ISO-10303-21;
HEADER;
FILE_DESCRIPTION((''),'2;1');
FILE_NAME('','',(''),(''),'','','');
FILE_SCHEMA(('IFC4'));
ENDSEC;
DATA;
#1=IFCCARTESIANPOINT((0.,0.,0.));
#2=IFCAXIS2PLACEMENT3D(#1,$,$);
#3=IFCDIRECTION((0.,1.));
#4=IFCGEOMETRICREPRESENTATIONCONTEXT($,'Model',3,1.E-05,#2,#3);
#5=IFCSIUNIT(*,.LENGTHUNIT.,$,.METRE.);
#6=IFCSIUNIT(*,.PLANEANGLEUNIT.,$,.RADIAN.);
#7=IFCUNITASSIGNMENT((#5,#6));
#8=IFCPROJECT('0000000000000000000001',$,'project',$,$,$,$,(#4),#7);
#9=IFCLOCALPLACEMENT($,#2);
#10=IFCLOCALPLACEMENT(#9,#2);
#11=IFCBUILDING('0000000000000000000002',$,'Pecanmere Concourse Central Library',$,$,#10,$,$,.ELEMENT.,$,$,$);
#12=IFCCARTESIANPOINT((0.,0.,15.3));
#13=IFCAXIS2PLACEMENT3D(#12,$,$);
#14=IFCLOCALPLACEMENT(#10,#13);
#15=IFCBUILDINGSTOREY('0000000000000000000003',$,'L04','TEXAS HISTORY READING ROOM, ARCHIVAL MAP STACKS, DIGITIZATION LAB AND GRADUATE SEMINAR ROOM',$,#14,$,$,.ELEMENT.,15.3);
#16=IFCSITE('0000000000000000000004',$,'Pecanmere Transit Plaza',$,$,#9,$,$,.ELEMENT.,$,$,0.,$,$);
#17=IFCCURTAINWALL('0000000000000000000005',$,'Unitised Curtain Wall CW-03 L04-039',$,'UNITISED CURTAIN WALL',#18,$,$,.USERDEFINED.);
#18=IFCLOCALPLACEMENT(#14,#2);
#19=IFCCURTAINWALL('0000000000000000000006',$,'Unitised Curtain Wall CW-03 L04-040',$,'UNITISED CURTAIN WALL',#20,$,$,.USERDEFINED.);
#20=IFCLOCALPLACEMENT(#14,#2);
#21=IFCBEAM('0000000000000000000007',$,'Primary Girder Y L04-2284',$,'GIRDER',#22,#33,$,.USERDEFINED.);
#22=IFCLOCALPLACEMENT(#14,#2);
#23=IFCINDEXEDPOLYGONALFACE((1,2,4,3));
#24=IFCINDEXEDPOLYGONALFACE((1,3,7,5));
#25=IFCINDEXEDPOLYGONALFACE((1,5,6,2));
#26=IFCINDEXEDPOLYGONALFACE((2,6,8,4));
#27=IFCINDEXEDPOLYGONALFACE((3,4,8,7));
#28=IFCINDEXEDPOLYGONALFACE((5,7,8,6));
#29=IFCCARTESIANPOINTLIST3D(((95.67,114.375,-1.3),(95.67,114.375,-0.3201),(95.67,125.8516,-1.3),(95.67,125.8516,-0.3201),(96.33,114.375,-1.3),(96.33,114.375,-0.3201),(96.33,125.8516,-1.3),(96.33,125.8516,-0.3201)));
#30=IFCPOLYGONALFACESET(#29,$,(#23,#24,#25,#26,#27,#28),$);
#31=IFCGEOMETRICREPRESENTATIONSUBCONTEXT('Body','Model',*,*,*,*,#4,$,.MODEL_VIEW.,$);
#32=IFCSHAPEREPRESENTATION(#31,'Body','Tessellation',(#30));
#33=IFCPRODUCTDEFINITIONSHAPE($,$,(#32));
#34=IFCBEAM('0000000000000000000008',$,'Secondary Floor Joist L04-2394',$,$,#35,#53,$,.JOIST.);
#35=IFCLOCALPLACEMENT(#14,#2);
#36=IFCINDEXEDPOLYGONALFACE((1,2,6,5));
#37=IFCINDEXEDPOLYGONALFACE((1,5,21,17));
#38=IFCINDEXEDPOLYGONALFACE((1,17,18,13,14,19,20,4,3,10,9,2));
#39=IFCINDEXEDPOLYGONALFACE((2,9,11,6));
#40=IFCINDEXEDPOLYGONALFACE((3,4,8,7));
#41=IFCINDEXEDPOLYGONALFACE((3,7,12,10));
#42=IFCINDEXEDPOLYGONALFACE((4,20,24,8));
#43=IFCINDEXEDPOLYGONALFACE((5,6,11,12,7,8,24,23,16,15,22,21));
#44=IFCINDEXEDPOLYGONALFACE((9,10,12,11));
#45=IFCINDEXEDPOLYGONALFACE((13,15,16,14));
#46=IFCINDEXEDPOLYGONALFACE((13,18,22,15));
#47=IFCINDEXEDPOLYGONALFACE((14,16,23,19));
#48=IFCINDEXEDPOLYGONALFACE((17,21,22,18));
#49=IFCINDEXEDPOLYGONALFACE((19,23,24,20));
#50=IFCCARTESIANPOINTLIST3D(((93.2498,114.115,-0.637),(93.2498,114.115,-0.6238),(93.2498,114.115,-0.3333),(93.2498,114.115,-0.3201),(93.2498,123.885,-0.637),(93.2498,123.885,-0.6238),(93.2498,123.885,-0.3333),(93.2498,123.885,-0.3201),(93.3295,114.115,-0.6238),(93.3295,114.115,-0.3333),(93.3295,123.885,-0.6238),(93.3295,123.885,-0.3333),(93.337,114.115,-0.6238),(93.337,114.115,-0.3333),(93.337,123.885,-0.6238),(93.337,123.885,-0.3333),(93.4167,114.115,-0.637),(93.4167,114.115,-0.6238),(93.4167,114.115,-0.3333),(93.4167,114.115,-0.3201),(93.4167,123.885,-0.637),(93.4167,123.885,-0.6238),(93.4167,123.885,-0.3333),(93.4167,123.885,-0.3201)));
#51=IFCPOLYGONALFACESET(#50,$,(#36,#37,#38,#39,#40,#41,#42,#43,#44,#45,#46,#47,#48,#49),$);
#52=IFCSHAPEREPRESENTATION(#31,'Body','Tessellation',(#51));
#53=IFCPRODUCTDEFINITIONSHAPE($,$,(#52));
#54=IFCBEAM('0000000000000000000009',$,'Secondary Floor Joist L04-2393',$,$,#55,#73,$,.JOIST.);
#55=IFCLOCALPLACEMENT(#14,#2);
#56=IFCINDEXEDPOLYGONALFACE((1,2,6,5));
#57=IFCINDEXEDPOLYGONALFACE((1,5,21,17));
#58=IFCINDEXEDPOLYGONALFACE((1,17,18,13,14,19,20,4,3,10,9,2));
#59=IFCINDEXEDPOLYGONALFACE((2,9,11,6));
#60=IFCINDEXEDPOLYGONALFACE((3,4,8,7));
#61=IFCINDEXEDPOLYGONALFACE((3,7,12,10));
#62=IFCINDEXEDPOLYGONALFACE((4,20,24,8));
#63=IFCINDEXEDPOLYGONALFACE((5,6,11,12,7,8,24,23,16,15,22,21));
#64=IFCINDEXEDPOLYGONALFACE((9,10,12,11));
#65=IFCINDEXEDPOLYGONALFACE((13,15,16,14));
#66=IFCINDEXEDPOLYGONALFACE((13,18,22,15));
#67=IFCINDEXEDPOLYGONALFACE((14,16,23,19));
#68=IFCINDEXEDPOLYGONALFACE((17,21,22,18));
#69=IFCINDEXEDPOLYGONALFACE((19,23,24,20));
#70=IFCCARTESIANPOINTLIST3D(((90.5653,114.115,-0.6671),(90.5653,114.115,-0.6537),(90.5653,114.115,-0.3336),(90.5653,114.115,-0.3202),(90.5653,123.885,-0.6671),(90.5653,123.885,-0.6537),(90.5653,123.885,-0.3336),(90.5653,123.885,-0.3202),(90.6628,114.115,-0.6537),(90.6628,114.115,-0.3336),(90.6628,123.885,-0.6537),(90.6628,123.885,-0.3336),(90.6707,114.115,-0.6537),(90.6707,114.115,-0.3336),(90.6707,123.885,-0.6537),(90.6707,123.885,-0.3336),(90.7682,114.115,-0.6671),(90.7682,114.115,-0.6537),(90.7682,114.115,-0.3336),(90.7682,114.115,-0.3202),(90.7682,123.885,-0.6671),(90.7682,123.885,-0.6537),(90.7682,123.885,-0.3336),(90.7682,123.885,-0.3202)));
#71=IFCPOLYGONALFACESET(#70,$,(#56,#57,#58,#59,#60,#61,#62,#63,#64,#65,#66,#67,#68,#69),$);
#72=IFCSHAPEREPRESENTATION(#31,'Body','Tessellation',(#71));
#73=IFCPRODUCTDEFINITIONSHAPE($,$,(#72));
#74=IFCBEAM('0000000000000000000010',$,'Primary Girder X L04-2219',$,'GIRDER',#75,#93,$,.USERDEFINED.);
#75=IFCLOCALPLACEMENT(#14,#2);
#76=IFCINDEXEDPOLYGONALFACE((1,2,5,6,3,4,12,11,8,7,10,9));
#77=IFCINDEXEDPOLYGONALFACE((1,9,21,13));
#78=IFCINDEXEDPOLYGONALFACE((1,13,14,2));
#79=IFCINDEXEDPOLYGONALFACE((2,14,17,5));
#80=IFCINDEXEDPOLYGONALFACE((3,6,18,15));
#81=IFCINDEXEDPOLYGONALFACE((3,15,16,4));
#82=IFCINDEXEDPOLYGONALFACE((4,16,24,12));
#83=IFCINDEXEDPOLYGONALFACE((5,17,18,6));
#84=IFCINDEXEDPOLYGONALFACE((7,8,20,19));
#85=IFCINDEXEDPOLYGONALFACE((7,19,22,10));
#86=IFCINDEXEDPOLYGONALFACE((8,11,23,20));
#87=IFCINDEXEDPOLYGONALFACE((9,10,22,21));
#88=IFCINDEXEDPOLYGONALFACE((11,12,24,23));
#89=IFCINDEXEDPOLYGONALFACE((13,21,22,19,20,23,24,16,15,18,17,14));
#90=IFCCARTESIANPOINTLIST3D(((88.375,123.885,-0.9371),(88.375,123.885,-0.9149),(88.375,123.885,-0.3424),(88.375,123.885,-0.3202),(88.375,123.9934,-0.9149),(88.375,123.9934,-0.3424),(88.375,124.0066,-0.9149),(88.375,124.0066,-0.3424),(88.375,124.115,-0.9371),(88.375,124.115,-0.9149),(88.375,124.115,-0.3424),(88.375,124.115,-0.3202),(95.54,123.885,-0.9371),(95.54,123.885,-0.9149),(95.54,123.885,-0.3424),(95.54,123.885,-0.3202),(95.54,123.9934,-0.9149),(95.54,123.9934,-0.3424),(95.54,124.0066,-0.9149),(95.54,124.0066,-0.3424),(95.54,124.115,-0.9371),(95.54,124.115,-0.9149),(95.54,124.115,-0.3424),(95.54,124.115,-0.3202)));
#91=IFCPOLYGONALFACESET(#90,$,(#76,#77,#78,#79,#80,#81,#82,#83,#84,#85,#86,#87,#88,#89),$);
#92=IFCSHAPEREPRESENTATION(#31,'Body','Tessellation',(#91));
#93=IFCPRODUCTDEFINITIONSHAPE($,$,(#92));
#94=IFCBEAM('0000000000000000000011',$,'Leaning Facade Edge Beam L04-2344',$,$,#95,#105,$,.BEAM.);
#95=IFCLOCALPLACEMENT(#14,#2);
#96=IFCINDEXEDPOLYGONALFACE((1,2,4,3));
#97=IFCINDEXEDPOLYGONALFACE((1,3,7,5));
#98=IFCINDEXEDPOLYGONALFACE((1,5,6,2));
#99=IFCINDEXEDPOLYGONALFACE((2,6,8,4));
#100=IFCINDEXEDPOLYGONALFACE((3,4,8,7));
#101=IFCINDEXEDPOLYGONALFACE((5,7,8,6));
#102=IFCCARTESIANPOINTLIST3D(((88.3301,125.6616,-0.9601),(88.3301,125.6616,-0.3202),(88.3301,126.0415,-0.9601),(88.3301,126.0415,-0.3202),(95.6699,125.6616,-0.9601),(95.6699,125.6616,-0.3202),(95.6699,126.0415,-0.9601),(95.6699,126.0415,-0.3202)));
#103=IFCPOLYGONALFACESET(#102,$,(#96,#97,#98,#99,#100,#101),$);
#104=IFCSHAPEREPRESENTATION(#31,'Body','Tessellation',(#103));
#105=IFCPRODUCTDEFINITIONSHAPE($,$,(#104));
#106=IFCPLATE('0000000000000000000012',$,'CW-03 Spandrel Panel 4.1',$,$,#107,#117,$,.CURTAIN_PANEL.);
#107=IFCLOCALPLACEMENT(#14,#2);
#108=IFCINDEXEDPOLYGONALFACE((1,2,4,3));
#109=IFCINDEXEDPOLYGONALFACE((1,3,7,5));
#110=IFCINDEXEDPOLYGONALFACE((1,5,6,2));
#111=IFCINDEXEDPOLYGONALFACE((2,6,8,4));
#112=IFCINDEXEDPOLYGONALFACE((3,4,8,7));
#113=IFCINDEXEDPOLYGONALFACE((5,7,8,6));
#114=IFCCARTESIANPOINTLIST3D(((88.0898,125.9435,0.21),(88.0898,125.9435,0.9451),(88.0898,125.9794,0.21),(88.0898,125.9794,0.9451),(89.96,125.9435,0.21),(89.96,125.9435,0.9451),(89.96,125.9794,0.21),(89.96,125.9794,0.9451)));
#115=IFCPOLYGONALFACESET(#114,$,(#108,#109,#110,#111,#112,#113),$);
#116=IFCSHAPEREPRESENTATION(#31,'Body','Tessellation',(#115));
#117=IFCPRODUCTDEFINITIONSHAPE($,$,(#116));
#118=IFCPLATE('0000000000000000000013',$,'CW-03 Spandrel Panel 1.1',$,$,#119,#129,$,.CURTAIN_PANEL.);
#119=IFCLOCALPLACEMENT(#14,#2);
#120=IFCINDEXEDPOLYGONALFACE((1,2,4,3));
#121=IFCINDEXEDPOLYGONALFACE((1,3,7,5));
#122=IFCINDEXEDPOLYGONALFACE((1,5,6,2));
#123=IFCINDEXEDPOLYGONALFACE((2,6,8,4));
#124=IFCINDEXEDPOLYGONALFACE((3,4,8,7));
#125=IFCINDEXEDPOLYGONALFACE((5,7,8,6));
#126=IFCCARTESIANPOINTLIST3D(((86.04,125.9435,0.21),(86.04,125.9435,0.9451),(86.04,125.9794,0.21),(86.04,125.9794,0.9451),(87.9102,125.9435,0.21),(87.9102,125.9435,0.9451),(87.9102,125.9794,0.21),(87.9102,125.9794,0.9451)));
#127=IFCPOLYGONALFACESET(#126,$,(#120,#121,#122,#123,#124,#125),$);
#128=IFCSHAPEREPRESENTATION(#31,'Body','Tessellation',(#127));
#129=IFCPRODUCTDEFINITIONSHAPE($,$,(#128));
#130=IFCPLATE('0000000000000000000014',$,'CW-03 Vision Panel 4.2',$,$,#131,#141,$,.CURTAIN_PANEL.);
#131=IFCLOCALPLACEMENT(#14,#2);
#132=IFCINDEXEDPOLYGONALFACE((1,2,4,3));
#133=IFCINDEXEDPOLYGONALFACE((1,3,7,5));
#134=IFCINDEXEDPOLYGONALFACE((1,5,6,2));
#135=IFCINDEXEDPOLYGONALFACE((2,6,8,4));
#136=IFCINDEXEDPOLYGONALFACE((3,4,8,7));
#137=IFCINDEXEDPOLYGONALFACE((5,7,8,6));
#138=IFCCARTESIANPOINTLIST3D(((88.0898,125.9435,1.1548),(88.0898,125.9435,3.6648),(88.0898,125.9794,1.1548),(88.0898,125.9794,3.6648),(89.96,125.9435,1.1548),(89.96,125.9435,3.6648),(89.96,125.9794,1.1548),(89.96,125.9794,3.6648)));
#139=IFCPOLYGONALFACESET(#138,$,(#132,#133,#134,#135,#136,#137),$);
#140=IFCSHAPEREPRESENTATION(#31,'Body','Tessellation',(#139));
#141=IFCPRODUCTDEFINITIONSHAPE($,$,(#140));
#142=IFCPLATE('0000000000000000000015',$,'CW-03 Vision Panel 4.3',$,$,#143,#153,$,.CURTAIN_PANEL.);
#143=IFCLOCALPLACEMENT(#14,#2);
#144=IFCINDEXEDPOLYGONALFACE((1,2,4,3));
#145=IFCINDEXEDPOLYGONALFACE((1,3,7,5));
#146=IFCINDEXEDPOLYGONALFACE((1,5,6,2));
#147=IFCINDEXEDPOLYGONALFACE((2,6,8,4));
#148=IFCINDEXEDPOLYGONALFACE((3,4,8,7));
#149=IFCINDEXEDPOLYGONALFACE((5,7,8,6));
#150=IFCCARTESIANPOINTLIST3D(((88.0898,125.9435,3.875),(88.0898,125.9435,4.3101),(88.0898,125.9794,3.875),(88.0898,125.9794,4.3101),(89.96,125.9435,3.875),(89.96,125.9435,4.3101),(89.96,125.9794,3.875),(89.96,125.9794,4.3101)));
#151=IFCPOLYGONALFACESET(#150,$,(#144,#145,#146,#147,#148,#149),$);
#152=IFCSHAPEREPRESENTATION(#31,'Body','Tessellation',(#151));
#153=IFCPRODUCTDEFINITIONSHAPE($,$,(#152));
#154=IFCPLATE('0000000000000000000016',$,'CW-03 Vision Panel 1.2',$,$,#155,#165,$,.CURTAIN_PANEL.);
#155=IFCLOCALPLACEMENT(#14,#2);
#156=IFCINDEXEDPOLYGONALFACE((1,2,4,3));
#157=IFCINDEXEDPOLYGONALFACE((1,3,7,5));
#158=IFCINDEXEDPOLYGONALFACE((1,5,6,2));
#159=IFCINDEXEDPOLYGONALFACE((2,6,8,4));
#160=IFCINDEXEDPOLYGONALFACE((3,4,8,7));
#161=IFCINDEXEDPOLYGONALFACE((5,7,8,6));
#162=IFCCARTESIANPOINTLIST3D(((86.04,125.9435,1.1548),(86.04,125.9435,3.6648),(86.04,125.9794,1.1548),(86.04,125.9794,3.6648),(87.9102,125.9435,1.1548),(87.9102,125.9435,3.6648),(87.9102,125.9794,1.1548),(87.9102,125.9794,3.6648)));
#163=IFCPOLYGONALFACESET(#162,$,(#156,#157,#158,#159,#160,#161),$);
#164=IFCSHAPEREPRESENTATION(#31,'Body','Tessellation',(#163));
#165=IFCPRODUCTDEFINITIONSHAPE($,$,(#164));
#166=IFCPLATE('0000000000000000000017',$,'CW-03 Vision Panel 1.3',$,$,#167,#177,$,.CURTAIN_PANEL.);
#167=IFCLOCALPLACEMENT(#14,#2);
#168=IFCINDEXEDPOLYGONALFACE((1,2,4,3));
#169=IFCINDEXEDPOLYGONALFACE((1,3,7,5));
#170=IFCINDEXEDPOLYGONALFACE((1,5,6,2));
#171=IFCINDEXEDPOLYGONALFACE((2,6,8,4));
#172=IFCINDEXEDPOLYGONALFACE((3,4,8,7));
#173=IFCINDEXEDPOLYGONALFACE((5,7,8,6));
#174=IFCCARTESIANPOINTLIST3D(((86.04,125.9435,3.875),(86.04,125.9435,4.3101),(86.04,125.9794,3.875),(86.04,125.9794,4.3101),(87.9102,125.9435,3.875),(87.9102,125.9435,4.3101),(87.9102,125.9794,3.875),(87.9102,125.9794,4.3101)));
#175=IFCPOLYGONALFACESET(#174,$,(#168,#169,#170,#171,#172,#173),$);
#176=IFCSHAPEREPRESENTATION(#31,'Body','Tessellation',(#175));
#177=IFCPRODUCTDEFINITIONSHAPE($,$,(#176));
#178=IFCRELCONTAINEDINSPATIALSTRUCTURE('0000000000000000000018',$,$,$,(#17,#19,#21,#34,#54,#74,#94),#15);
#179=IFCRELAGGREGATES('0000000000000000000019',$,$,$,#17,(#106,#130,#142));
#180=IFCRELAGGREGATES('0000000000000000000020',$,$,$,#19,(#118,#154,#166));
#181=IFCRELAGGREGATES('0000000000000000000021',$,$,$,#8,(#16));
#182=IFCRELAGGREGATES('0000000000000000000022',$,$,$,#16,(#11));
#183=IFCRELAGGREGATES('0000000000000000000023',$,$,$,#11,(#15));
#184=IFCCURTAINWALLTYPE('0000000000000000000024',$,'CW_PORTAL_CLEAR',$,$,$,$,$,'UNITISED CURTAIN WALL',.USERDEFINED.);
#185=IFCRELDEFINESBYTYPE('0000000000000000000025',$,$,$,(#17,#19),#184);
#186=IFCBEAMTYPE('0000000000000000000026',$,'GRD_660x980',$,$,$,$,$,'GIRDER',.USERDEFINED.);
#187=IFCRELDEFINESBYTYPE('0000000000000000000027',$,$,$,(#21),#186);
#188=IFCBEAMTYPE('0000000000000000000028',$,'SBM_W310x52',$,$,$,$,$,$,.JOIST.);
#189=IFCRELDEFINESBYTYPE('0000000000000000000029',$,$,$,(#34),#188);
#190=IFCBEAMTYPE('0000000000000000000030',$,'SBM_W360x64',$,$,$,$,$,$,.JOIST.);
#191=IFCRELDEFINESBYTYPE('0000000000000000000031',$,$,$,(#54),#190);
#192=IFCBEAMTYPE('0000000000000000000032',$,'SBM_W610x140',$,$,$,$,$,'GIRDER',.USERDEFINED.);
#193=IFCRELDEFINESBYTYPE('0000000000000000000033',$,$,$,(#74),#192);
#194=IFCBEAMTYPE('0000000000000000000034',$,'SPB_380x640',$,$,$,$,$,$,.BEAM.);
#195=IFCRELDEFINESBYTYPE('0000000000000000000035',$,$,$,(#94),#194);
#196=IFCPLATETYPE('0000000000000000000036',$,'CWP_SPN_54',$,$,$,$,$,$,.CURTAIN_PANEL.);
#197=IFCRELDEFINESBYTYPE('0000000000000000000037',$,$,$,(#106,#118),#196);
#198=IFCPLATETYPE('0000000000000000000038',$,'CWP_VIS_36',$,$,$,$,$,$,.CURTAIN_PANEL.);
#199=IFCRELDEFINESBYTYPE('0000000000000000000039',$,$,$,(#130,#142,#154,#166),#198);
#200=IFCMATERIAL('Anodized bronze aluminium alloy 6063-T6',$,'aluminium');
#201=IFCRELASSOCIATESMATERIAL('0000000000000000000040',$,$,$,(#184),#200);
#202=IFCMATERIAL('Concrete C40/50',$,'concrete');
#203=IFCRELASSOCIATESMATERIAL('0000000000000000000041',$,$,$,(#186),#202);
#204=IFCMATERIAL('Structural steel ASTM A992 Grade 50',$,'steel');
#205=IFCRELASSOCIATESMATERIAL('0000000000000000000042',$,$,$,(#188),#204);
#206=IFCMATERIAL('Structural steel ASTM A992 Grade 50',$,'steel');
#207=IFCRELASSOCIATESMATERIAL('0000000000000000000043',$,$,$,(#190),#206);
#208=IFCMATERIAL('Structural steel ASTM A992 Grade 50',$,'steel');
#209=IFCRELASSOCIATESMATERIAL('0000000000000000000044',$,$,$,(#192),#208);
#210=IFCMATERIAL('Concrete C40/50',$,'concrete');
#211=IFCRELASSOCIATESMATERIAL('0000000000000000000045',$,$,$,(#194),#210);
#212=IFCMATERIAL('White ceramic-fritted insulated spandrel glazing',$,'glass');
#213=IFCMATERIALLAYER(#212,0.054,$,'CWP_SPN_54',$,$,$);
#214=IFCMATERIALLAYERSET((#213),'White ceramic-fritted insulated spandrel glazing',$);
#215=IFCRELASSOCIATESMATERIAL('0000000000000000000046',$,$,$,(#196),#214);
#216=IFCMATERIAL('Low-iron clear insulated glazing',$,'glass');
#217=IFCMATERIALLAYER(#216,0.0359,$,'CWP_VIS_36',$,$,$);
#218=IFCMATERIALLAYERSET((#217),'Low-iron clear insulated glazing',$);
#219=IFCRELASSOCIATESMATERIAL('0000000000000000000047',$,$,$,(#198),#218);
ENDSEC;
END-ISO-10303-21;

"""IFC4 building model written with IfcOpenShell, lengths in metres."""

from ifc_helpers import new_model, si_unit, direction, frame, origin, origin_2d, place, context, subcontext, project, spatial, rectangle, i_section, extrude, material, layer, layer_set, material_profile, profile_set, type_object, element, aggregate, save


model = new_model("IFC4")

# Units and contexts
model_context = context("Model", 3, precision=1e-05, world=origin(), true_north=direction((0.0, 1.0)))
body_context = subcontext(model_context, "Body", "Model", "MODEL_VIEW")
ifc_project = project(units=[si_unit("LENGTHUNIT", "METRE"), si_unit("PLANEANGLEUNIT", "RADIAN")], contexts=[model_context])

# Site, building, storey
site_placement = place(None, origin())
site = spatial("IfcSite", under=ifc_project, at=site_placement, Name="Pecanmere Transit Plaza", CompositionType="ELEMENT", RefElevation=0.0)
building_placement = place(site_placement, origin())
building = spatial("IfcBuilding", under=site, at=building_placement, Name="Pecanmere Concourse Central Library", CompositionType="ELEMENT")
storey_placement = place(building_placement, frame((0.0, 0.0, 15.3)))
storey = spatial("IfcBuildingStorey", under=building, at=storey_placement, Name="L04", Description="TEXAS HISTORY READING ROOM, ARCHIVAL MAP STACKS, DIGITIZATION LAB AND GRADUATE SEMINAR ROOM", CompositionType="ELEMENT", Elevation=15.3)

# Curtain wall
ifc_material_1 = material(Name="Anodized bronze aluminium alloy 6063-T6", Category="aluminium")
curtain_wall_type = type_object("IfcCurtainWallType", Name="CW_PORTAL_CLEAR", ElementType="UNITISED CURTAIN WALL", PredefinedType="USERDEFINED", material=ifc_material_1)
curtain_wall_1_placement = place(storey_placement, origin())
curtain_wall_1 = element("IfcCurtainWall", 1, at=curtain_wall_1_placement, inside=storey, type_object=curtain_wall_type, Name="Unitised Curtain Wall CW-03 L04-039", ObjectType="UNITISED CURTAIN WALL", PredefinedType="USERDEFINED")

# Curtain wall
curtain_wall_2_placement = place(storey_placement, origin())
curtain_wall_2 = element("IfcCurtainWall", 2, at=curtain_wall_2_placement, inside=storey, type_object=curtain_wall_type, Name="Unitised Curtain Wall CW-03 L04-040", ObjectType="UNITISED CURTAIN WALL", PredefinedType="USERDEFINED")

# Beams
ifc_material_2 = material(Name="Concrete C40/50", Category="concrete")
ifc_material_profile_1 = material_profile(ifc_material_2, rectangle(XDim=0.6599, YDim=0.98, at=origin_2d()), Name="RC 660x980")
ifc_profile_set_1 = profile_set([ifc_material_profile_1], Name="Concrete C40/50")
beam_type_1 = type_object("IfcBeamType", Name="GRD_660x980", ElementType="GIRDER", PredefinedType="USERDEFINED", material=ifc_profile_set_1)
for number, where, z_axis, x_axis, name in (
    (3, (96.0, 114.375, -0.8101), (0.0, 1.0, 0.0), (-1.0, 0.0, 0.0), "Primary Girder Y L04-2284"),
):
    element("IfcBeam", number, at=place(storey_placement, frame(where, z_axis=z_axis, x_axis=x_axis)), inside=storey, type_object=beam_type_1, Name=name, ObjectType="GIRDER", PredefinedType="USERDEFINED", context=body_context, shape_type="SweptSolid", body=[
        extrude(rectangle(XDim=0.6599, YDim=0.98, at=origin_2d()), origin(), (0.0, 0.0, 1.0), 11.4766),
    ])
ifc_material_3 = material(Name="Structural steel ASTM A992 Grade 50", Category="steel")
ifc_material_profile_2 = material_profile(ifc_material_3, i_section(OverallWidth=0.167, OverallDepth=0.3169, WebThickness=0.0076, FlangeThickness=0.0132, at=origin_2d()), Name="W310x52")
ifc_profile_set_2 = profile_set([ifc_material_profile_2], Name="Structural steel ASTM A992 Grade 50")
beam_type_2 = type_object("IfcBeamType", Name="SBM_W310x52", PredefinedType="JOIST", material=ifc_profile_set_2)
beam_1_placement = place(storey_placement, frame((93.3333, 114.115, -0.4785), z_axis=(0.0, 1.0, 0.0), x_axis=(-1.0, 0.0, 0.0)))
element("IfcBeam", 4, at=beam_1_placement, inside=storey, type_object=beam_type_2, Name="Secondary Floor Joist L04-2394", PredefinedType="JOIST", context=body_context, shape_type="SweptSolid", body=[
    extrude(i_section(OverallWidth=0.167, OverallDepth=0.3169, WebThickness=0.0076, FlangeThickness=0.0132, at=origin_2d()), origin(), (0.0, 0.0, 1.0), 9.77),
])
ifc_material_4 = material(Name="Structural steel ASTM A992 Grade 50", Category="steel")
ifc_material_profile_3 = material_profile(ifc_material_4, i_section(OverallWidth=0.2029, OverallDepth=0.3469, WebThickness=0.0078, FlangeThickness=0.0134, at=origin_2d()), Name="W360x64")
ifc_profile_set_3 = profile_set([ifc_material_profile_3], Name="Structural steel ASTM A992 Grade 50")
beam_type_3 = type_object("IfcBeamType", Name="SBM_W360x64", PredefinedType="JOIST", material=ifc_profile_set_3)
beam_2_placement = place(storey_placement, frame((90.6667, 114.115, -0.4937), z_axis=(0.0, 1.0, 0.0), x_axis=(-1.0, 0.0, 0.0)))
element("IfcBeam", 5, at=beam_2_placement, inside=storey, type_object=beam_type_3, Name="Secondary Floor Joist L04-2393", PredefinedType="JOIST", context=body_context, shape_type="SweptSolid", body=[
    extrude(i_section(OverallWidth=0.2029, OverallDepth=0.3469, WebThickness=0.0078, FlangeThickness=0.0134, at=origin_2d()), origin(), (0.0, 0.0, 1.0), 9.77),
])
ifc_material_5 = material(Name="Structural steel ASTM A992 Grade 50", Category="steel")
ifc_material_profile_4 = material_profile(ifc_material_5, i_section(OverallWidth=0.23, OverallDepth=0.6169, WebThickness=0.0132, FlangeThickness=0.0222, at=origin_2d()), Name="W610x140")
ifc_profile_set_4 = profile_set([ifc_material_profile_4], Name="Structural steel ASTM A992 Grade 50")
beam_type_4 = type_object("IfcBeamType", Name="SBM_W610x140", ElementType="GIRDER", PredefinedType="USERDEFINED", material=ifc_profile_set_4)
beam_3_placement = place(storey_placement, frame((88.375, 124.0, -0.6287), z_axis=(1.0, 0.0, 0.0), x_axis=(0.0, 1.0, 0.0)))
element("IfcBeam", 6, at=beam_3_placement, inside=storey, type_object=beam_type_4, Name="Primary Girder X L04-2219", ObjectType="GIRDER", PredefinedType="USERDEFINED", context=body_context, shape_type="SweptSolid", body=[
    extrude(i_section(OverallWidth=0.23, OverallDepth=0.6169, WebThickness=0.0132, FlangeThickness=0.0222, at=origin_2d()), origin(), (0.0, 0.0, 1.0), 7.165),
])
ifc_material_6 = material(Name="Concrete C40/50", Category="concrete")
ifc_material_profile_5 = material_profile(ifc_material_6, rectangle(XDim=0.3799, YDim=0.6399, at=origin_2d()), Name="RC 380x640")
ifc_profile_set_5 = profile_set([ifc_material_profile_5], Name="Concrete C40/50")
beam_type_5 = type_object("IfcBeamType", Name="SPB_380x640", PredefinedType="BEAM", material=ifc_profile_set_5)
beam_4_placement = place(storey_placement, frame((88.3301, 125.8516, -0.6401), z_axis=(1.0, 0.0, 0.0), x_axis=(0.0, 1.0, 0.0)))
element("IfcBeam", 7, at=beam_4_placement, inside=storey, type_object=beam_type_5, Name="Leaning Facade Edge Beam L04-2344", PredefinedType="BEAM", context=body_context, shape_type="SweptSolid", body=[
    extrude(rectangle(XDim=0.3799, YDim=0.6399, at=origin_2d()), origin(), (0.0, 0.0, 1.0), 7.3398),
])

# Plates
ifc_material_7 = material(Name="White ceramic-fritted insulated spandrel glazing", Category="glass")
ifc_layer_1 = layer(ifc_material_7, 0.054, Name="CWP_SPN_54")
ifc_layer_set_1 = layer_set([ifc_layer_1], Name="White ceramic-fritted insulated spandrel glazing")
plate_type_1 = type_object("IfcPlateType", Name="CWP_SPN_54", PredefinedType="CURTAIN_PANEL", material=ifc_layer_set_1)
plate_1_placement = place(storey_placement, frame((89.0249, 125.9614, 0.21), z_axis=(0.0, 0.0, 1.0), x_axis=(-1.0, 0.0, 0.0)))
plate_1 = element("IfcPlate", 8, at=plate_1_placement, type_object=plate_type_1, Name="CW-03 Spandrel Panel 4.1", PredefinedType="CURTAIN_PANEL", context=body_context, shape_type="SweptSolid", body=[
    extrude(rectangle(XDim=1.8701, YDim=0.0359, at=origin_2d()), origin(), (0.0, 0.0, 1.0), 0.7351),
])
plate_2_placement = place(storey_placement, frame((86.9751, 125.9614, 0.21), z_axis=(0.0, 0.0, 1.0), x_axis=(-1.0, 0.0, 0.0)))
plate_2 = element("IfcPlate", 9, at=plate_2_placement, type_object=plate_type_1, Name="CW-03 Spandrel Panel 1.1", PredefinedType="CURTAIN_PANEL", context=body_context, shape_type="SweptSolid", body=[
    extrude(rectangle(XDim=1.8701, YDim=0.0359, at=origin_2d()), origin(), (0.0, 0.0, 1.0), 0.7351),
])
ifc_material_8 = material(Name="Low-iron clear insulated glazing", Category="glass")
ifc_layer_2 = layer(ifc_material_8, 0.0359, Name="CWP_VIS_36")
ifc_layer_set_2 = layer_set([ifc_layer_2], Name="Low-iron clear insulated glazing")
plate_type_2 = type_object("IfcPlateType", Name="CWP_VIS_36", PredefinedType="CURTAIN_PANEL", material=ifc_layer_set_2)
plate_3_placement = place(storey_placement, frame((89.0249, 125.9614, 1.1548), z_axis=(0.0, 0.0, 1.0), x_axis=(-1.0, 0.0, 0.0)))
plate_3 = element("IfcPlate", 10, at=plate_3_placement, type_object=plate_type_2, Name="CW-03 Vision Panel 4.2", PredefinedType="CURTAIN_PANEL", context=body_context, shape_type="SweptSolid", body=[
    extrude(rectangle(XDim=1.8701, YDim=0.0359, at=origin_2d()), origin(), (0.0, 0.0, 1.0), 2.51),
])
plate_4_placement = place(storey_placement, frame((89.0249, 125.9614, 3.875), z_axis=(0.0, 0.0, 1.0), x_axis=(-1.0, 0.0, 0.0)))
plate_4 = element("IfcPlate", 11, at=plate_4_placement, type_object=plate_type_2, Name="CW-03 Vision Panel 4.3", PredefinedType="CURTAIN_PANEL", context=body_context, shape_type="SweptSolid", body=[
    extrude(rectangle(XDim=1.8701, YDim=0.0359, at=origin_2d()), origin(), (0.0, 0.0, 1.0), 0.4351),
])
aggregate(curtain_wall_1, [plate_1, plate_3, plate_4])
plate_5_placement = place(storey_placement, frame((86.9751, 125.9614, 1.1548), z_axis=(0.0, 0.0, 1.0), x_axis=(-1.0, 0.0, 0.0)))
plate_5 = element("IfcPlate", 12, at=plate_5_placement, type_object=plate_type_2, Name="CW-03 Vision Panel 1.2", PredefinedType="CURTAIN_PANEL", context=body_context, shape_type="SweptSolid", body=[
    extrude(rectangle(XDim=1.8701, YDim=0.0359, at=origin_2d()), origin(), (0.0, 0.0, 1.0), 2.51),
])
plate_6_placement = place(storey_placement, frame((86.9751, 125.9614, 3.875), z_axis=(0.0, 0.0, 1.0), x_axis=(-1.0, 0.0, 0.0)))
plate_6 = element("IfcPlate", 13, at=plate_6_placement, type_object=plate_type_2, Name="CW-03 Vision Panel 1.3", PredefinedType="CURTAIN_PANEL", context=body_context, shape_type="SweptSolid", body=[
    extrude(rectangle(XDim=1.8701, YDim=0.0359, at=origin_2d()), origin(), (0.0, 0.0, 1.0), 0.4351),
])
aggregate(curtain_wall_2, [plate_2, plate_5, plate_6])

save(model, "model.ifc")
